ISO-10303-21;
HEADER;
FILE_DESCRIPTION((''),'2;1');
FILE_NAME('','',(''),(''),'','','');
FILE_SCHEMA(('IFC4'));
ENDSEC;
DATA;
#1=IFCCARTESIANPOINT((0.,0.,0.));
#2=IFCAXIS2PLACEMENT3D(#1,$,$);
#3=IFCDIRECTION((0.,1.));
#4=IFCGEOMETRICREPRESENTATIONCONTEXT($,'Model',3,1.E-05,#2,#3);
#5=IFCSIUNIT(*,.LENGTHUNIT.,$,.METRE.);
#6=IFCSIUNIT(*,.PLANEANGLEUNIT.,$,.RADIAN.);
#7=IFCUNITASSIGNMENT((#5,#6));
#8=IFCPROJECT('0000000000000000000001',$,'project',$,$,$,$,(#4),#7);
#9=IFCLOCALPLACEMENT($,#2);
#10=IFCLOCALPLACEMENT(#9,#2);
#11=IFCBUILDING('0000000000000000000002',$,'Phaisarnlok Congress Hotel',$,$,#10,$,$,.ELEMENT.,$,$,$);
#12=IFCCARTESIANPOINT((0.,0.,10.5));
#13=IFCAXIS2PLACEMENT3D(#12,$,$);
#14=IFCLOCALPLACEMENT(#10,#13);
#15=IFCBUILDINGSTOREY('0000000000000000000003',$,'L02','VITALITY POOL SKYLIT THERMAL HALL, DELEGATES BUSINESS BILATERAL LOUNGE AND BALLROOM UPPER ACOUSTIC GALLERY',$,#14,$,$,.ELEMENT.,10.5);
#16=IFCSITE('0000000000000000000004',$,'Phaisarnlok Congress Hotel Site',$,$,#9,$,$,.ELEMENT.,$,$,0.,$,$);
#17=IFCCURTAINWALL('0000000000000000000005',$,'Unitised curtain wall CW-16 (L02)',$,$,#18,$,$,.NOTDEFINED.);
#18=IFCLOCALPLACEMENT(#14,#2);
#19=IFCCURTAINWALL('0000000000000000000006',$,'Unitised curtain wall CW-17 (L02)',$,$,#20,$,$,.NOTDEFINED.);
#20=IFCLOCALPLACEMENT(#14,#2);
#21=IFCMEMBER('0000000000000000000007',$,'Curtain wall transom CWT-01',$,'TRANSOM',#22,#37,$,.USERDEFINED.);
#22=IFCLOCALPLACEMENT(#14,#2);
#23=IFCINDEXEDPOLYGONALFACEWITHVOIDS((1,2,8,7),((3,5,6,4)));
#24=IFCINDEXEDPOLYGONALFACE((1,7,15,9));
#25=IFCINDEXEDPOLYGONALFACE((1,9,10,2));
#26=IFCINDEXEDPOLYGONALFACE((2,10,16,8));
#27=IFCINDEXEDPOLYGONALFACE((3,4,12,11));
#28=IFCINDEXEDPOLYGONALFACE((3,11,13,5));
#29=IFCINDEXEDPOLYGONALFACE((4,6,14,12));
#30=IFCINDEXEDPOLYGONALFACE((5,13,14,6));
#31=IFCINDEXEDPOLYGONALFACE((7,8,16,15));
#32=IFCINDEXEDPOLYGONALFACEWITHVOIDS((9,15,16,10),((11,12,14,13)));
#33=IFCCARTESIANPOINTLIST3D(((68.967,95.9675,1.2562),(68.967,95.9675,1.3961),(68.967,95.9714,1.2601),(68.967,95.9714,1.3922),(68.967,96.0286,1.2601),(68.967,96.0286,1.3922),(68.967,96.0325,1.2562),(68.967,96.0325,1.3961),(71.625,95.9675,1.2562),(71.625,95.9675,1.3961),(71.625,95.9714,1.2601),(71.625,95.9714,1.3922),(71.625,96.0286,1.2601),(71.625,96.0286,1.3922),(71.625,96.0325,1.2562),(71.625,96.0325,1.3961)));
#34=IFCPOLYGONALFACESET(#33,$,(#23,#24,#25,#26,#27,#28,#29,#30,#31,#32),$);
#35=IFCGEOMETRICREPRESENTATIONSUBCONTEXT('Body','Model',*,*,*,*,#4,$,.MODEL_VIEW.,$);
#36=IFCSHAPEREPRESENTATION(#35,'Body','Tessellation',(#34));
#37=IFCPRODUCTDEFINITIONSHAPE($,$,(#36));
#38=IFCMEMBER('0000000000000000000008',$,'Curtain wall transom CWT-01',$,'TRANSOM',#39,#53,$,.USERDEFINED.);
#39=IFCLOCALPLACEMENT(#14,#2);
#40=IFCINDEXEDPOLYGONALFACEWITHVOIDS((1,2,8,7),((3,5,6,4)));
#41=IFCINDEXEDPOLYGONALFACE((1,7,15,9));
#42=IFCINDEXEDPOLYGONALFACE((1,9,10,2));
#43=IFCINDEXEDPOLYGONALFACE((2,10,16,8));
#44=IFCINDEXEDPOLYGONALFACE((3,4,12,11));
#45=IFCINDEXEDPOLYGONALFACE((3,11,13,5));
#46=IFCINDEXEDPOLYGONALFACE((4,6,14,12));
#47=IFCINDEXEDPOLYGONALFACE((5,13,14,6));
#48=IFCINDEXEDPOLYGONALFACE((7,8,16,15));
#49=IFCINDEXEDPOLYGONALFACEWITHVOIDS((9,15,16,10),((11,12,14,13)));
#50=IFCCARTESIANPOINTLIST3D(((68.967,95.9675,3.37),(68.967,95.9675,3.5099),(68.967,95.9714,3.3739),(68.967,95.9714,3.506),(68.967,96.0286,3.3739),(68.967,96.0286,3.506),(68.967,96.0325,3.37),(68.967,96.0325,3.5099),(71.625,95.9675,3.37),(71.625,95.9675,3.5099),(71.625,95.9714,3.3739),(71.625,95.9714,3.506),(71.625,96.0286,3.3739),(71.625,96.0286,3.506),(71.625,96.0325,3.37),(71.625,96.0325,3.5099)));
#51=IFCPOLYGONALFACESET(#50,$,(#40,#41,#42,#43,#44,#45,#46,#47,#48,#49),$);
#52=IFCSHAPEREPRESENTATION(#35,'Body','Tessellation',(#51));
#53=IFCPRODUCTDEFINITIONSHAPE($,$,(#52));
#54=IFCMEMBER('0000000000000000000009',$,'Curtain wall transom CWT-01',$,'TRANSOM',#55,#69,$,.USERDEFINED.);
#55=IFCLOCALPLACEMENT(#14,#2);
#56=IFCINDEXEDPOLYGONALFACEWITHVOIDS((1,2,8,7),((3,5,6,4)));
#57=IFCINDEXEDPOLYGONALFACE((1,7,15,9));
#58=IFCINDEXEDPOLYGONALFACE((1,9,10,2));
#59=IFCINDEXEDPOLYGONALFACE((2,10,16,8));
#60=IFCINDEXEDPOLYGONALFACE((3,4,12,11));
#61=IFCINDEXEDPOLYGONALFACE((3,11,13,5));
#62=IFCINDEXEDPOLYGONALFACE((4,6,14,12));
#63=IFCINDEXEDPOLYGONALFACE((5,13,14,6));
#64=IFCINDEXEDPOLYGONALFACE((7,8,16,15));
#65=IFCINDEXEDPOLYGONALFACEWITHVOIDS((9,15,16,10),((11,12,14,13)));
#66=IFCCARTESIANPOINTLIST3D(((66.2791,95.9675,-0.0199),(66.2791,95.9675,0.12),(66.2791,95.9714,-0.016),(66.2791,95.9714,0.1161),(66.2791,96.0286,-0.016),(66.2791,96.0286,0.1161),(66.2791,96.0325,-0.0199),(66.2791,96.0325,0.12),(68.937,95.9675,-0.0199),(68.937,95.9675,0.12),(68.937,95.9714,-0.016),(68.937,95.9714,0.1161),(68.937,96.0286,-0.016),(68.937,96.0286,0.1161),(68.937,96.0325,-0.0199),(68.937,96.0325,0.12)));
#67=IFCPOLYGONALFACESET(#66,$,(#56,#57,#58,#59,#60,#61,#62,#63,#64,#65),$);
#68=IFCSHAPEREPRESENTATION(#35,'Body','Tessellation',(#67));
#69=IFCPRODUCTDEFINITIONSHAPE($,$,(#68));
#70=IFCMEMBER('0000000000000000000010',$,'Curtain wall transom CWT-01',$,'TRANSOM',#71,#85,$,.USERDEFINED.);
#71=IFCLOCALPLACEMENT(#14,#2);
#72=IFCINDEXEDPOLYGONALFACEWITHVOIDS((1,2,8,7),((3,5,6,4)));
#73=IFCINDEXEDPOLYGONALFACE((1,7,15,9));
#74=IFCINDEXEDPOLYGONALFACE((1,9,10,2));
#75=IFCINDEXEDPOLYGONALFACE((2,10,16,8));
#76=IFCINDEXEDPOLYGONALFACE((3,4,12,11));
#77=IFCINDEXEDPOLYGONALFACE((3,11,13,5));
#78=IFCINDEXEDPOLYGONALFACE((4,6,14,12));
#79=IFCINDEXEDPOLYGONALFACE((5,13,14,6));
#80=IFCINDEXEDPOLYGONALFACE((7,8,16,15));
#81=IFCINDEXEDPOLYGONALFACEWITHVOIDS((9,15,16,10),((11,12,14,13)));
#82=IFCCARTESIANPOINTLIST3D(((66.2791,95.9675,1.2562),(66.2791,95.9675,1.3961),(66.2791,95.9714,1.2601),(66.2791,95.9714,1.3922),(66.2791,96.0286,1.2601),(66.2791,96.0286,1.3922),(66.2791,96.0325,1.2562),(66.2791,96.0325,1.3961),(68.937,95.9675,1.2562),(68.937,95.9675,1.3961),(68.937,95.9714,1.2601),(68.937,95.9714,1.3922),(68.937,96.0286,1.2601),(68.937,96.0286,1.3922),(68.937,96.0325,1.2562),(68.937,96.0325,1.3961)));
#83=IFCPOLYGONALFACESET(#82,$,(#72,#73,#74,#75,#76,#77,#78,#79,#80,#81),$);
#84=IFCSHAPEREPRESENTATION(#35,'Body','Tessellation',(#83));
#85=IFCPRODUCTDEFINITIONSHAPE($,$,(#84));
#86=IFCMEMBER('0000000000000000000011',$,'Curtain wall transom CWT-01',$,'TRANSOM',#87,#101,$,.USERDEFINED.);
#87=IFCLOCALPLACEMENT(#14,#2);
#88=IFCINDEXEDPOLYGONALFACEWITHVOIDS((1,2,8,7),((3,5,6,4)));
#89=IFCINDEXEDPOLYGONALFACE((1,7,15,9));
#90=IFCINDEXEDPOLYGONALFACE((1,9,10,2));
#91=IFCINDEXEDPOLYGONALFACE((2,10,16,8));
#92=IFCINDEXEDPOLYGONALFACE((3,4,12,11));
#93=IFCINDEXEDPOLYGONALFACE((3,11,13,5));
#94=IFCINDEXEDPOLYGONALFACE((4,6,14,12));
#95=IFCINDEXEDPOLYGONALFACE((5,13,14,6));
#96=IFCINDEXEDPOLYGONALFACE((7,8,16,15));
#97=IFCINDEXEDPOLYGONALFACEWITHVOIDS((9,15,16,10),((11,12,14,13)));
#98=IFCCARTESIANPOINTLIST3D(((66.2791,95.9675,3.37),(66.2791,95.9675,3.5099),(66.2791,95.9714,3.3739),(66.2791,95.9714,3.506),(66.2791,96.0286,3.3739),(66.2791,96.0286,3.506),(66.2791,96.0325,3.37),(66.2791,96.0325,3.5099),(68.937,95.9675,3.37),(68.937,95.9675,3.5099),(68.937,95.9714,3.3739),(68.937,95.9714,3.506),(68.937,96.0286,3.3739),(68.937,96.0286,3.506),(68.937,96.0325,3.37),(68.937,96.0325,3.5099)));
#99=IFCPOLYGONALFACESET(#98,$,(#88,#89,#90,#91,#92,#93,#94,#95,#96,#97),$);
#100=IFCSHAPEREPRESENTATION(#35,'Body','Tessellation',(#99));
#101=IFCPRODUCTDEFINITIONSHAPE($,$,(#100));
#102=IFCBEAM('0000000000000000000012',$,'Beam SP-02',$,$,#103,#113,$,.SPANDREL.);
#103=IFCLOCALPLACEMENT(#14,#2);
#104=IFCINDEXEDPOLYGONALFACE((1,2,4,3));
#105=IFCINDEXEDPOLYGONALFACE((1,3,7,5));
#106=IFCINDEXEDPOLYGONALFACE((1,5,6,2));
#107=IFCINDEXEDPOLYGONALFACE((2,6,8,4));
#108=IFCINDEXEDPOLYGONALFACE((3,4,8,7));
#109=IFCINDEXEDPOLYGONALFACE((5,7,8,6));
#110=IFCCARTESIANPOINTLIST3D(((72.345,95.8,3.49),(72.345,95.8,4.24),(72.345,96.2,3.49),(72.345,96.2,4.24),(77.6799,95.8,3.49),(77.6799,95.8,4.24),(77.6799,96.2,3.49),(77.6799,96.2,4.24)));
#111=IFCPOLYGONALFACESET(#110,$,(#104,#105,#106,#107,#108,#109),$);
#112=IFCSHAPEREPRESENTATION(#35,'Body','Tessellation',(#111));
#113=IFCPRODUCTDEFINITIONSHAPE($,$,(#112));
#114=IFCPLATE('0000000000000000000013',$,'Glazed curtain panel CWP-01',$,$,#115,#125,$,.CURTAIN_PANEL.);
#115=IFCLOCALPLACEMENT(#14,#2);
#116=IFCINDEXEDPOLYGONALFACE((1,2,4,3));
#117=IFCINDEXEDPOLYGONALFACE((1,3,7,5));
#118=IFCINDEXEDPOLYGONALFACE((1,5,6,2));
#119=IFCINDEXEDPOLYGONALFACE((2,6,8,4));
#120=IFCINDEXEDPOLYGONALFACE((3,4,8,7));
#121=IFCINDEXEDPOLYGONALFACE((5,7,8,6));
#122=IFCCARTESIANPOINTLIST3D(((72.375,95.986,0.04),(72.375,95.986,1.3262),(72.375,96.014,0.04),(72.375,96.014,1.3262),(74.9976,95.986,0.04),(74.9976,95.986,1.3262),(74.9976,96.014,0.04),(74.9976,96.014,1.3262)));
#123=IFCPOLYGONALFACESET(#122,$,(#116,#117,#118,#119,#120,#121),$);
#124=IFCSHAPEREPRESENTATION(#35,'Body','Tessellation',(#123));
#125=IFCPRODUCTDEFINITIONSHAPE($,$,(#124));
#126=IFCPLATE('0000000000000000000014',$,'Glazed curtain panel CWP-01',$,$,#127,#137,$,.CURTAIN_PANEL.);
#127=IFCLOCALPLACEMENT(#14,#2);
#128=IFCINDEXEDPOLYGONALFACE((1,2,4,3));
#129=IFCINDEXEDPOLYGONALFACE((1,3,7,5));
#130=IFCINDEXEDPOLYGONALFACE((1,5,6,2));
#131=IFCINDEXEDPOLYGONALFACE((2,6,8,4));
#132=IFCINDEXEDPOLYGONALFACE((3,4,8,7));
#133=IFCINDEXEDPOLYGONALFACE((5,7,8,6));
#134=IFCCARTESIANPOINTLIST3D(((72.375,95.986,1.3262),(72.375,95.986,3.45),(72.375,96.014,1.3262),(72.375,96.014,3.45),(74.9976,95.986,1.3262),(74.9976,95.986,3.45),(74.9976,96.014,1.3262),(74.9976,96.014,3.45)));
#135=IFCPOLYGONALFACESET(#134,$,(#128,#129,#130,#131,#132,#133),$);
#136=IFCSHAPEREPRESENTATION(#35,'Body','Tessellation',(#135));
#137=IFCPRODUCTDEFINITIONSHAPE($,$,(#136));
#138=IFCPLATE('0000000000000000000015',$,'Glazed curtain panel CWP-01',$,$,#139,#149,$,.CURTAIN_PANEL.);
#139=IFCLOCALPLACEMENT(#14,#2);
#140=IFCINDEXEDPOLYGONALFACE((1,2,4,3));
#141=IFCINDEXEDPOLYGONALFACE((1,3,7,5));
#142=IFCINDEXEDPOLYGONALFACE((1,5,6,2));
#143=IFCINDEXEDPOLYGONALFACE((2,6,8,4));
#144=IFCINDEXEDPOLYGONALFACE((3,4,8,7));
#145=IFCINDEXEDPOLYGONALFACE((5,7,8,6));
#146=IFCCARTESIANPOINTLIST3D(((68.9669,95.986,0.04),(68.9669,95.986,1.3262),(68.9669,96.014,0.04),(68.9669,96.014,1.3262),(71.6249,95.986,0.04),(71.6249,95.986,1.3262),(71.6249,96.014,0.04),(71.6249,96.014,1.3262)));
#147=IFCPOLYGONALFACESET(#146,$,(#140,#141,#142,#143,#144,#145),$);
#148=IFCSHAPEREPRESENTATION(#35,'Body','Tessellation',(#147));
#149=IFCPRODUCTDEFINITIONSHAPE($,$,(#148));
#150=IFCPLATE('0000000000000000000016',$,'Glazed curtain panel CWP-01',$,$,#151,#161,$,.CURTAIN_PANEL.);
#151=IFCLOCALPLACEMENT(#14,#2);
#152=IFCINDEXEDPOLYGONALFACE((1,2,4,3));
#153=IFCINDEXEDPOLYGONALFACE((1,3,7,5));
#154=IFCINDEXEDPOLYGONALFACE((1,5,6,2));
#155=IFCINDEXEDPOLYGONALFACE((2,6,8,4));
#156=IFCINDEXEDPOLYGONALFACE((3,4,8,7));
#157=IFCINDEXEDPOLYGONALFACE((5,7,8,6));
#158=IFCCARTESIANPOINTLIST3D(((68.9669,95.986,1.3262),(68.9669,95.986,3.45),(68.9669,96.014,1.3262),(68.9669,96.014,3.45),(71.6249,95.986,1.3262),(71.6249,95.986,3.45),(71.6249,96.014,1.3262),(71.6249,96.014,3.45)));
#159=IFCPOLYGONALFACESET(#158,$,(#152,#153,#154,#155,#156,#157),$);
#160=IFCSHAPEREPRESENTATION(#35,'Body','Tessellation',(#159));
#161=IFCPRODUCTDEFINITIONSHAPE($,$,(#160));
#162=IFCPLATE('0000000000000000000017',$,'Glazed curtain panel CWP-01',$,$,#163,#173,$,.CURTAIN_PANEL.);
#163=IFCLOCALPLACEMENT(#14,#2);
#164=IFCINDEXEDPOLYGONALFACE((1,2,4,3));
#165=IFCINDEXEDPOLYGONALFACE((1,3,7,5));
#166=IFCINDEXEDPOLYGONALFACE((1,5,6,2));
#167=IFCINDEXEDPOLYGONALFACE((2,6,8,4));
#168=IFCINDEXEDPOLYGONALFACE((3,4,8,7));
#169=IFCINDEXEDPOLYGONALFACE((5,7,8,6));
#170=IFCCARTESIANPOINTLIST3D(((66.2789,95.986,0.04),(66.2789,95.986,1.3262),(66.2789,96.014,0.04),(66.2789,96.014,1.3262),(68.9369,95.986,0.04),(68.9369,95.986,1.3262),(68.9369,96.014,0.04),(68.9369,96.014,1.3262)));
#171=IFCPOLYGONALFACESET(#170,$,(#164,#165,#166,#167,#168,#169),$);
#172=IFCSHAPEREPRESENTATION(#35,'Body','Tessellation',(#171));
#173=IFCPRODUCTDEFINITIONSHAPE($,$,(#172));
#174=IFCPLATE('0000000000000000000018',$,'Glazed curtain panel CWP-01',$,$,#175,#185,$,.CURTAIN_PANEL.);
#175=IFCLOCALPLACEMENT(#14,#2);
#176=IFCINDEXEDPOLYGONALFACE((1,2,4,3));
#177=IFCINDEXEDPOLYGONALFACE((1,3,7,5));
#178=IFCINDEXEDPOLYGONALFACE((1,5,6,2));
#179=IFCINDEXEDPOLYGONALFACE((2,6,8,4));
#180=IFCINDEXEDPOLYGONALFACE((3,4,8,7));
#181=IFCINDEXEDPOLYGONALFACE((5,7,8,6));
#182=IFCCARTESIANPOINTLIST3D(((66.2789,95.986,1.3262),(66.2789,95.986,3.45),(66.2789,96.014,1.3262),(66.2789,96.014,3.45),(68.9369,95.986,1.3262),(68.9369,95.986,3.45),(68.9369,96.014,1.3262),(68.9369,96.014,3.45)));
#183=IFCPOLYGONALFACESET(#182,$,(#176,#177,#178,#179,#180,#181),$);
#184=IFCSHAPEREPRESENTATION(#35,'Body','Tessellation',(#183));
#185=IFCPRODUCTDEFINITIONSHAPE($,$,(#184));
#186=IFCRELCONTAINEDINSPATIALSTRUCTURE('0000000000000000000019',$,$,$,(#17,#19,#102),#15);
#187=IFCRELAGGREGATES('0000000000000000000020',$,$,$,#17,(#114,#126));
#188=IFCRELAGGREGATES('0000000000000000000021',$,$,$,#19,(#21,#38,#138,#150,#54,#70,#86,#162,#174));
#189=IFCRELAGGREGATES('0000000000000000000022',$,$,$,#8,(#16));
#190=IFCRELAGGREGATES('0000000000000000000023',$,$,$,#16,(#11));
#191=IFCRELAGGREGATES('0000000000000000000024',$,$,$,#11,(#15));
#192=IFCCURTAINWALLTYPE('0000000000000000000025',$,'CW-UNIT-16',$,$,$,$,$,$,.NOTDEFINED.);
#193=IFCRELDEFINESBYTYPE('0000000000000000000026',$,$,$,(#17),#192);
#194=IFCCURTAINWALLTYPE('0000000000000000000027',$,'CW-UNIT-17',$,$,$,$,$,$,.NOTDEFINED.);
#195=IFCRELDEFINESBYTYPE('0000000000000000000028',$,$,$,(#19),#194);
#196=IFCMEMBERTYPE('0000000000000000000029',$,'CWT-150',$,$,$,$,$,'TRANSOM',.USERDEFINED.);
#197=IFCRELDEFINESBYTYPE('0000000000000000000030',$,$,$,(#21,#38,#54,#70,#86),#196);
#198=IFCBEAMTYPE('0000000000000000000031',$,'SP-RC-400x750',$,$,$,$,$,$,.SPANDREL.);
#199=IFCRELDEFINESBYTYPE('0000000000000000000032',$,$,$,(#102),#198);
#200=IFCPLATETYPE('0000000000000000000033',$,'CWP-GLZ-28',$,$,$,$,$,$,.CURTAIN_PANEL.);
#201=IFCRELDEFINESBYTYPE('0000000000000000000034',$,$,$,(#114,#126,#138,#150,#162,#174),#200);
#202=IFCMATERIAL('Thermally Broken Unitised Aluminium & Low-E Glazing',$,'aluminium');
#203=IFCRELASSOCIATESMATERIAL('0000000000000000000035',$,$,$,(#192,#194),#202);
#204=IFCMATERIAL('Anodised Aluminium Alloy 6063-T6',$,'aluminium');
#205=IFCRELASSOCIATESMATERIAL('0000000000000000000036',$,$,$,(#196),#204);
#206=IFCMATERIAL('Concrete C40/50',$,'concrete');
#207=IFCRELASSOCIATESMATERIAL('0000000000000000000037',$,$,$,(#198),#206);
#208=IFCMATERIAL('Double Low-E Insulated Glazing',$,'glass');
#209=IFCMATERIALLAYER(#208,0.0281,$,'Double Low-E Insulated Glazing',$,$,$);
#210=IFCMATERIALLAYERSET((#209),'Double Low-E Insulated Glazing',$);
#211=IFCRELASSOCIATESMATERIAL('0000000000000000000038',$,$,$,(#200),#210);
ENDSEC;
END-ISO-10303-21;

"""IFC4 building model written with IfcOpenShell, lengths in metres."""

from ifc_helpers import new_model, si_unit, direction, frame, frame_2d, origin, origin_2d, place, context, subcontext, project, spatial, rectangle, hollow_rectangle, extrude, material, layer, layer_set, material_profile, profile_set, type_object, element, aggregate, save


model = new_model("IFC4")

# Units and contexts
model_context = context("Model", 3, precision=1e-05, world=origin(), true_north=direction((0.0, 1.0)))
body_context = subcontext(model_context, "Body", "Model", "MODEL_VIEW")
ifc_project = project(units=[si_unit("LENGTHUNIT", "METRE"), si_unit("PLANEANGLEUNIT", "RADIAN")], contexts=[model_context])

# Site, building, storey
site_placement = place(None, origin())
site = spatial("IfcSite", under=ifc_project, at=site_placement, Name="Phaisarnlok Congress Hotel Site", CompositionType="ELEMENT", RefElevation=0.0)
building_placement = place(site_placement, origin())
building = spatial("IfcBuilding", under=site, at=building_placement, Name="Phaisarnlok Congress Hotel", CompositionType="ELEMENT")
storey_placement = place(building_placement, frame((0.0, 0.0, 10.5)))
storey = spatial("IfcBuildingStorey", under=building, at=storey_placement, Name="L02", Description="VITALITY POOL SKYLIT THERMAL HALL, DELEGATES BUSINESS BILATERAL LOUNGE AND BALLROOM UPPER ACOUSTIC GALLERY", CompositionType="ELEMENT", Elevation=10.5)

# Curtain walls
ifc_material_1 = material(Name="Thermally Broken Unitised Aluminium & Low-E Glazing", Category="aluminium")
curtain_wall_type_1 = type_object("IfcCurtainWallType", Name="CW-UNIT-16", PredefinedType="NOTDEFINED", material=ifc_material_1)
curtain_wall_1_placement = place(storey_placement, origin())
curtain_wall_1 = element("IfcCurtainWall", 1, at=curtain_wall_1_placement, inside=storey, type_object=curtain_wall_type_1, Name="Unitised curtain wall CW-16 (L02)", PredefinedType="NOTDEFINED")
ifc_material_2 = material(Name="Anodised Aluminium Alloy 6063-T6", Category="aluminium")
curtain_wall_type_2 = type_object("IfcCurtainWallType", Name="CW-UNIT-17", PredefinedType="NOTDEFINED", material=ifc_material_1)
curtain_wall_2_placement = place(storey_placement, origin())
curtain_wall_2 = element("IfcCurtainWall", 2, at=curtain_wall_2_placement, inside=storey, type_object=curtain_wall_type_2, Name="Unitised curtain wall CW-17 (L02)", PredefinedType="NOTDEFINED")

# Members
ifc_material_profile_1 = material_profile(ifc_material_2, hollow_rectangle(XDim=0.0649, YDim=0.1399, WallThickness=0.0039, at=origin_2d()), Name="ALU-T 65x140x4")
ifc_profile_set_1 = profile_set([ifc_material_profile_1], Name="Anodised Aluminium Alloy 6063-T6")
member_type_1 = type_object("IfcMemberType", Name="CWT-150", ElementType="TRANSOM", PredefinedType="USERDEFINED", material=ifc_profile_set_1)
member_1_placement = place(storey_placement, frame((71.625, 96.0, 1.3262), z_axis=(-1.0, 0.0, 0.0), x_axis=(0.0, -1.0, 0.0)))
member_1 = element("IfcMember", 3, at=member_1_placement, type_object=member_type_1, Name="Curtain wall transom CWT-01", ObjectType="TRANSOM", PredefinedType="USERDEFINED", context=body_context, shape_type="SweptSolid", body=[
    extrude(hollow_rectangle(XDim=0.0649, YDim=0.1399, WallThickness=0.0039, at=origin_2d()), origin(), (0.0, 0.0, 1.0), 2.658),
])
member_2_placement = place(storey_placement, frame((71.625, 96.0, 3.4399), z_axis=(-1.0, 0.0, 0.0), x_axis=(0.0, -1.0, 0.0)))
member_2 = element("IfcMember", 4, at=member_2_placement, type_object=member_type_1, Name="Curtain wall transom CWT-01", ObjectType="TRANSOM", PredefinedType="USERDEFINED", context=body_context, shape_type="SweptSolid", body=[
    extrude(hollow_rectangle(XDim=0.0649, YDim=0.1399, WallThickness=0.0039, at=origin_2d()), origin(), (0.0, 0.0, 1.0), 2.658),
])
member_3_placement = place(storey_placement, frame((68.937, 96.0, 0.05), z_axis=(-1.0, 0.0, 0.0), x_axis=(0.0, -1.0, 0.0)))
member_3 = element("IfcMember", 5, at=member_3_placement, type_object=member_type_1, Name="Curtain wall transom CWT-01", ObjectType="TRANSOM", PredefinedType="USERDEFINED", context=body_context, shape_type="SweptSolid", body=[
    extrude(hollow_rectangle(XDim=0.0649, YDim=0.1399, WallThickness=0.0039, at=origin_2d()), origin(), (0.0, 0.0, 1.0), 2.658),
])
member_4_placement = place(storey_placement, frame((68.937, 96.0, 1.3262), z_axis=(-1.0, 0.0, 0.0), x_axis=(0.0, -1.0, 0.0)))
member_4 = element("IfcMember", 6, at=member_4_placement, type_object=member_type_1, Name="Curtain wall transom CWT-01", ObjectType="TRANSOM", PredefinedType="USERDEFINED", context=body_context, shape_type="SweptSolid", body=[
    extrude(hollow_rectangle(XDim=0.0649, YDim=0.1399, WallThickness=0.0039, at=origin_2d()), origin(), (0.0, 0.0, 1.0), 2.658),
])
member_5_placement = place(storey_placement, frame((68.937, 96.0, 3.4399), z_axis=(-1.0, 0.0, 0.0), x_axis=(0.0, -1.0, 0.0)))
member_5 = element("IfcMember", 7, at=member_5_placement, type_object=member_type_1, Name="Curtain wall transom CWT-01", ObjectType="TRANSOM", PredefinedType="USERDEFINED", context=body_context, shape_type="SweptSolid", body=[
    extrude(hollow_rectangle(XDim=0.0649, YDim=0.1399, WallThickness=0.0039, at=origin_2d()), origin(), (0.0, 0.0, 1.0), 2.658),
])

# Beam
ifc_material_3 = material(Name="Concrete C40/50", Category="concrete")
ifc_material_profile_2 = material_profile(ifc_material_3, rectangle(XDim=0.3999, YDim=0.75, at=origin_2d()), Name="RC 400x750")
ifc_profile_set_2 = profile_set([ifc_material_profile_2], Name="Concrete C40/50")
beam_type = type_object("IfcBeamType", Name="SP-RC-400x750", PredefinedType="SPANDREL", material=ifc_profile_set_2)
beam_placement = place(storey_placement, frame((72.345, 96.0, 3.865), z_axis=(1.0, 0.0, 0.0), x_axis=(0.0, 1.0, 0.0)))
element("IfcBeam", 8, at=beam_placement, inside=storey, type_object=beam_type, Name="Beam SP-02", PredefinedType="SPANDREL", context=body_context, shape_type="SweptSolid", body=[
    extrude(rectangle(XDim=0.3999, YDim=0.75, at=origin_2d()), origin(), (0.0, 0.0, 1.0), 5.335),
])

# Plates
ifc_material_4 = material(Name="Double Low-E Insulated Glazing", Category="glass")
ifc_layer = layer(ifc_material_4, 0.0281, Name="Double Low-E Insulated Glazing")
ifc_layer_set = layer_set([ifc_layer], Name="Double Low-E Insulated Glazing")
plate_type = type_object("IfcPlateType", Name="CWP-GLZ-28", PredefinedType="CURTAIN_PANEL", material=ifc_layer_set)
plate_1_placement = place(storey_placement, frame((74.9976, 96.0, 0.04), z_axis=(0.0, 0.0, 1.0), x_axis=(-1.0, 0.0, 0.0)))
plate_1 = element("IfcPlate", 9, at=plate_1_placement, type_object=plate_type, Name="Glazed curtain panel CWP-01", PredefinedType="CURTAIN_PANEL", context=body_context, shape_type="SweptSolid", body=[
    extrude(rectangle(XDim=2.6226, YDim=0.0281, at=frame_2d((1.3113, 0.0))), origin(), (0.0, 0.0, 1.0), 1.2861),
])
plate_2_placement = place(storey_placement, frame((74.9976, 96.0, 1.3262), z_axis=(0.0, 0.0, 1.0), x_axis=(-1.0, 0.0, 0.0)))
plate_2 = element("IfcPlate", 10, at=plate_2_placement, type_object=plate_type, Name="Glazed curtain panel CWP-01", PredefinedType="CURTAIN_PANEL", context=body_context, shape_type="SweptSolid", body=[
    extrude(rectangle(XDim=2.6226, YDim=0.0281, at=frame_2d((1.3113, 0.0))), origin(), (0.0, 0.0, 1.0), 2.1238),
])
aggregate(curtain_wall_1, [plate_1, plate_2])
plate_3_placement = place(storey_placement, frame((71.625, 96.0, 0.04), z_axis=(0.0, 0.0, 1.0), x_axis=(-1.0, 0.0, 0.0)))
plate_3 = element("IfcPlate", 11, at=plate_3_placement, type_object=plate_type, Name="Glazed curtain panel CWP-01", PredefinedType="CURTAIN_PANEL", context=body_context, shape_type="SweptSolid", body=[
    extrude(rectangle(XDim=2.658, YDim=0.0281, at=frame_2d((1.3291, 0.0))), origin(), (0.0, 0.0, 1.0), 1.2861),
])
plate_4_placement = place(storey_placement, frame((71.625, 96.0, 1.3262), z_axis=(0.0, 0.0, 1.0), x_axis=(-1.0, 0.0, 0.0)))
plate_4 = element("IfcPlate", 12, at=plate_4_placement, type_object=plate_type, Name="Glazed curtain panel CWP-01", PredefinedType="CURTAIN_PANEL", context=body_context, shape_type="SweptSolid", body=[
    extrude(rectangle(XDim=2.658, YDim=0.0281, at=frame_2d((1.3291, 0.0))), origin(), (0.0, 0.0, 1.0), 2.1238),
])
plate_5_placement = place(storey_placement, frame((68.937, 96.0, 0.04), z_axis=(0.0, 0.0, 1.0), x_axis=(-1.0, 0.0, 0.0)))
plate_5 = element("IfcPlate", 13, at=plate_5_placement, type_object=plate_type, Name="Glazed curtain panel CWP-01", PredefinedType="CURTAIN_PANEL", context=body_context, shape_type="SweptSolid", body=[
    extrude(rectangle(XDim=2.658, YDim=0.0281, at=frame_2d((1.3291, 0.0))), origin(), (0.0, 0.0, 1.0), 1.2861),
])
plate_6_placement = place(storey_placement, frame((68.937, 96.0, 1.3262), z_axis=(0.0, 0.0, 1.0), x_axis=(-1.0, 0.0, 0.0)))
plate_6 = element("IfcPlate", 14, at=plate_6_placement, type_object=plate_type, Name="Glazed curtain panel CWP-01", PredefinedType="CURTAIN_PANEL", context=body_context, shape_type="SweptSolid", body=[
    extrude(rectangle(XDim=2.658, YDim=0.0281, at=frame_2d((1.3291, 0.0))), origin(), (0.0, 0.0, 1.0), 2.1238),
])
aggregate(curtain_wall_2, [member_1, member_2, plate_3, plate_4, member_3, member_4, member_5, plate_5, plate_6])

save(model, "model.ifc")
